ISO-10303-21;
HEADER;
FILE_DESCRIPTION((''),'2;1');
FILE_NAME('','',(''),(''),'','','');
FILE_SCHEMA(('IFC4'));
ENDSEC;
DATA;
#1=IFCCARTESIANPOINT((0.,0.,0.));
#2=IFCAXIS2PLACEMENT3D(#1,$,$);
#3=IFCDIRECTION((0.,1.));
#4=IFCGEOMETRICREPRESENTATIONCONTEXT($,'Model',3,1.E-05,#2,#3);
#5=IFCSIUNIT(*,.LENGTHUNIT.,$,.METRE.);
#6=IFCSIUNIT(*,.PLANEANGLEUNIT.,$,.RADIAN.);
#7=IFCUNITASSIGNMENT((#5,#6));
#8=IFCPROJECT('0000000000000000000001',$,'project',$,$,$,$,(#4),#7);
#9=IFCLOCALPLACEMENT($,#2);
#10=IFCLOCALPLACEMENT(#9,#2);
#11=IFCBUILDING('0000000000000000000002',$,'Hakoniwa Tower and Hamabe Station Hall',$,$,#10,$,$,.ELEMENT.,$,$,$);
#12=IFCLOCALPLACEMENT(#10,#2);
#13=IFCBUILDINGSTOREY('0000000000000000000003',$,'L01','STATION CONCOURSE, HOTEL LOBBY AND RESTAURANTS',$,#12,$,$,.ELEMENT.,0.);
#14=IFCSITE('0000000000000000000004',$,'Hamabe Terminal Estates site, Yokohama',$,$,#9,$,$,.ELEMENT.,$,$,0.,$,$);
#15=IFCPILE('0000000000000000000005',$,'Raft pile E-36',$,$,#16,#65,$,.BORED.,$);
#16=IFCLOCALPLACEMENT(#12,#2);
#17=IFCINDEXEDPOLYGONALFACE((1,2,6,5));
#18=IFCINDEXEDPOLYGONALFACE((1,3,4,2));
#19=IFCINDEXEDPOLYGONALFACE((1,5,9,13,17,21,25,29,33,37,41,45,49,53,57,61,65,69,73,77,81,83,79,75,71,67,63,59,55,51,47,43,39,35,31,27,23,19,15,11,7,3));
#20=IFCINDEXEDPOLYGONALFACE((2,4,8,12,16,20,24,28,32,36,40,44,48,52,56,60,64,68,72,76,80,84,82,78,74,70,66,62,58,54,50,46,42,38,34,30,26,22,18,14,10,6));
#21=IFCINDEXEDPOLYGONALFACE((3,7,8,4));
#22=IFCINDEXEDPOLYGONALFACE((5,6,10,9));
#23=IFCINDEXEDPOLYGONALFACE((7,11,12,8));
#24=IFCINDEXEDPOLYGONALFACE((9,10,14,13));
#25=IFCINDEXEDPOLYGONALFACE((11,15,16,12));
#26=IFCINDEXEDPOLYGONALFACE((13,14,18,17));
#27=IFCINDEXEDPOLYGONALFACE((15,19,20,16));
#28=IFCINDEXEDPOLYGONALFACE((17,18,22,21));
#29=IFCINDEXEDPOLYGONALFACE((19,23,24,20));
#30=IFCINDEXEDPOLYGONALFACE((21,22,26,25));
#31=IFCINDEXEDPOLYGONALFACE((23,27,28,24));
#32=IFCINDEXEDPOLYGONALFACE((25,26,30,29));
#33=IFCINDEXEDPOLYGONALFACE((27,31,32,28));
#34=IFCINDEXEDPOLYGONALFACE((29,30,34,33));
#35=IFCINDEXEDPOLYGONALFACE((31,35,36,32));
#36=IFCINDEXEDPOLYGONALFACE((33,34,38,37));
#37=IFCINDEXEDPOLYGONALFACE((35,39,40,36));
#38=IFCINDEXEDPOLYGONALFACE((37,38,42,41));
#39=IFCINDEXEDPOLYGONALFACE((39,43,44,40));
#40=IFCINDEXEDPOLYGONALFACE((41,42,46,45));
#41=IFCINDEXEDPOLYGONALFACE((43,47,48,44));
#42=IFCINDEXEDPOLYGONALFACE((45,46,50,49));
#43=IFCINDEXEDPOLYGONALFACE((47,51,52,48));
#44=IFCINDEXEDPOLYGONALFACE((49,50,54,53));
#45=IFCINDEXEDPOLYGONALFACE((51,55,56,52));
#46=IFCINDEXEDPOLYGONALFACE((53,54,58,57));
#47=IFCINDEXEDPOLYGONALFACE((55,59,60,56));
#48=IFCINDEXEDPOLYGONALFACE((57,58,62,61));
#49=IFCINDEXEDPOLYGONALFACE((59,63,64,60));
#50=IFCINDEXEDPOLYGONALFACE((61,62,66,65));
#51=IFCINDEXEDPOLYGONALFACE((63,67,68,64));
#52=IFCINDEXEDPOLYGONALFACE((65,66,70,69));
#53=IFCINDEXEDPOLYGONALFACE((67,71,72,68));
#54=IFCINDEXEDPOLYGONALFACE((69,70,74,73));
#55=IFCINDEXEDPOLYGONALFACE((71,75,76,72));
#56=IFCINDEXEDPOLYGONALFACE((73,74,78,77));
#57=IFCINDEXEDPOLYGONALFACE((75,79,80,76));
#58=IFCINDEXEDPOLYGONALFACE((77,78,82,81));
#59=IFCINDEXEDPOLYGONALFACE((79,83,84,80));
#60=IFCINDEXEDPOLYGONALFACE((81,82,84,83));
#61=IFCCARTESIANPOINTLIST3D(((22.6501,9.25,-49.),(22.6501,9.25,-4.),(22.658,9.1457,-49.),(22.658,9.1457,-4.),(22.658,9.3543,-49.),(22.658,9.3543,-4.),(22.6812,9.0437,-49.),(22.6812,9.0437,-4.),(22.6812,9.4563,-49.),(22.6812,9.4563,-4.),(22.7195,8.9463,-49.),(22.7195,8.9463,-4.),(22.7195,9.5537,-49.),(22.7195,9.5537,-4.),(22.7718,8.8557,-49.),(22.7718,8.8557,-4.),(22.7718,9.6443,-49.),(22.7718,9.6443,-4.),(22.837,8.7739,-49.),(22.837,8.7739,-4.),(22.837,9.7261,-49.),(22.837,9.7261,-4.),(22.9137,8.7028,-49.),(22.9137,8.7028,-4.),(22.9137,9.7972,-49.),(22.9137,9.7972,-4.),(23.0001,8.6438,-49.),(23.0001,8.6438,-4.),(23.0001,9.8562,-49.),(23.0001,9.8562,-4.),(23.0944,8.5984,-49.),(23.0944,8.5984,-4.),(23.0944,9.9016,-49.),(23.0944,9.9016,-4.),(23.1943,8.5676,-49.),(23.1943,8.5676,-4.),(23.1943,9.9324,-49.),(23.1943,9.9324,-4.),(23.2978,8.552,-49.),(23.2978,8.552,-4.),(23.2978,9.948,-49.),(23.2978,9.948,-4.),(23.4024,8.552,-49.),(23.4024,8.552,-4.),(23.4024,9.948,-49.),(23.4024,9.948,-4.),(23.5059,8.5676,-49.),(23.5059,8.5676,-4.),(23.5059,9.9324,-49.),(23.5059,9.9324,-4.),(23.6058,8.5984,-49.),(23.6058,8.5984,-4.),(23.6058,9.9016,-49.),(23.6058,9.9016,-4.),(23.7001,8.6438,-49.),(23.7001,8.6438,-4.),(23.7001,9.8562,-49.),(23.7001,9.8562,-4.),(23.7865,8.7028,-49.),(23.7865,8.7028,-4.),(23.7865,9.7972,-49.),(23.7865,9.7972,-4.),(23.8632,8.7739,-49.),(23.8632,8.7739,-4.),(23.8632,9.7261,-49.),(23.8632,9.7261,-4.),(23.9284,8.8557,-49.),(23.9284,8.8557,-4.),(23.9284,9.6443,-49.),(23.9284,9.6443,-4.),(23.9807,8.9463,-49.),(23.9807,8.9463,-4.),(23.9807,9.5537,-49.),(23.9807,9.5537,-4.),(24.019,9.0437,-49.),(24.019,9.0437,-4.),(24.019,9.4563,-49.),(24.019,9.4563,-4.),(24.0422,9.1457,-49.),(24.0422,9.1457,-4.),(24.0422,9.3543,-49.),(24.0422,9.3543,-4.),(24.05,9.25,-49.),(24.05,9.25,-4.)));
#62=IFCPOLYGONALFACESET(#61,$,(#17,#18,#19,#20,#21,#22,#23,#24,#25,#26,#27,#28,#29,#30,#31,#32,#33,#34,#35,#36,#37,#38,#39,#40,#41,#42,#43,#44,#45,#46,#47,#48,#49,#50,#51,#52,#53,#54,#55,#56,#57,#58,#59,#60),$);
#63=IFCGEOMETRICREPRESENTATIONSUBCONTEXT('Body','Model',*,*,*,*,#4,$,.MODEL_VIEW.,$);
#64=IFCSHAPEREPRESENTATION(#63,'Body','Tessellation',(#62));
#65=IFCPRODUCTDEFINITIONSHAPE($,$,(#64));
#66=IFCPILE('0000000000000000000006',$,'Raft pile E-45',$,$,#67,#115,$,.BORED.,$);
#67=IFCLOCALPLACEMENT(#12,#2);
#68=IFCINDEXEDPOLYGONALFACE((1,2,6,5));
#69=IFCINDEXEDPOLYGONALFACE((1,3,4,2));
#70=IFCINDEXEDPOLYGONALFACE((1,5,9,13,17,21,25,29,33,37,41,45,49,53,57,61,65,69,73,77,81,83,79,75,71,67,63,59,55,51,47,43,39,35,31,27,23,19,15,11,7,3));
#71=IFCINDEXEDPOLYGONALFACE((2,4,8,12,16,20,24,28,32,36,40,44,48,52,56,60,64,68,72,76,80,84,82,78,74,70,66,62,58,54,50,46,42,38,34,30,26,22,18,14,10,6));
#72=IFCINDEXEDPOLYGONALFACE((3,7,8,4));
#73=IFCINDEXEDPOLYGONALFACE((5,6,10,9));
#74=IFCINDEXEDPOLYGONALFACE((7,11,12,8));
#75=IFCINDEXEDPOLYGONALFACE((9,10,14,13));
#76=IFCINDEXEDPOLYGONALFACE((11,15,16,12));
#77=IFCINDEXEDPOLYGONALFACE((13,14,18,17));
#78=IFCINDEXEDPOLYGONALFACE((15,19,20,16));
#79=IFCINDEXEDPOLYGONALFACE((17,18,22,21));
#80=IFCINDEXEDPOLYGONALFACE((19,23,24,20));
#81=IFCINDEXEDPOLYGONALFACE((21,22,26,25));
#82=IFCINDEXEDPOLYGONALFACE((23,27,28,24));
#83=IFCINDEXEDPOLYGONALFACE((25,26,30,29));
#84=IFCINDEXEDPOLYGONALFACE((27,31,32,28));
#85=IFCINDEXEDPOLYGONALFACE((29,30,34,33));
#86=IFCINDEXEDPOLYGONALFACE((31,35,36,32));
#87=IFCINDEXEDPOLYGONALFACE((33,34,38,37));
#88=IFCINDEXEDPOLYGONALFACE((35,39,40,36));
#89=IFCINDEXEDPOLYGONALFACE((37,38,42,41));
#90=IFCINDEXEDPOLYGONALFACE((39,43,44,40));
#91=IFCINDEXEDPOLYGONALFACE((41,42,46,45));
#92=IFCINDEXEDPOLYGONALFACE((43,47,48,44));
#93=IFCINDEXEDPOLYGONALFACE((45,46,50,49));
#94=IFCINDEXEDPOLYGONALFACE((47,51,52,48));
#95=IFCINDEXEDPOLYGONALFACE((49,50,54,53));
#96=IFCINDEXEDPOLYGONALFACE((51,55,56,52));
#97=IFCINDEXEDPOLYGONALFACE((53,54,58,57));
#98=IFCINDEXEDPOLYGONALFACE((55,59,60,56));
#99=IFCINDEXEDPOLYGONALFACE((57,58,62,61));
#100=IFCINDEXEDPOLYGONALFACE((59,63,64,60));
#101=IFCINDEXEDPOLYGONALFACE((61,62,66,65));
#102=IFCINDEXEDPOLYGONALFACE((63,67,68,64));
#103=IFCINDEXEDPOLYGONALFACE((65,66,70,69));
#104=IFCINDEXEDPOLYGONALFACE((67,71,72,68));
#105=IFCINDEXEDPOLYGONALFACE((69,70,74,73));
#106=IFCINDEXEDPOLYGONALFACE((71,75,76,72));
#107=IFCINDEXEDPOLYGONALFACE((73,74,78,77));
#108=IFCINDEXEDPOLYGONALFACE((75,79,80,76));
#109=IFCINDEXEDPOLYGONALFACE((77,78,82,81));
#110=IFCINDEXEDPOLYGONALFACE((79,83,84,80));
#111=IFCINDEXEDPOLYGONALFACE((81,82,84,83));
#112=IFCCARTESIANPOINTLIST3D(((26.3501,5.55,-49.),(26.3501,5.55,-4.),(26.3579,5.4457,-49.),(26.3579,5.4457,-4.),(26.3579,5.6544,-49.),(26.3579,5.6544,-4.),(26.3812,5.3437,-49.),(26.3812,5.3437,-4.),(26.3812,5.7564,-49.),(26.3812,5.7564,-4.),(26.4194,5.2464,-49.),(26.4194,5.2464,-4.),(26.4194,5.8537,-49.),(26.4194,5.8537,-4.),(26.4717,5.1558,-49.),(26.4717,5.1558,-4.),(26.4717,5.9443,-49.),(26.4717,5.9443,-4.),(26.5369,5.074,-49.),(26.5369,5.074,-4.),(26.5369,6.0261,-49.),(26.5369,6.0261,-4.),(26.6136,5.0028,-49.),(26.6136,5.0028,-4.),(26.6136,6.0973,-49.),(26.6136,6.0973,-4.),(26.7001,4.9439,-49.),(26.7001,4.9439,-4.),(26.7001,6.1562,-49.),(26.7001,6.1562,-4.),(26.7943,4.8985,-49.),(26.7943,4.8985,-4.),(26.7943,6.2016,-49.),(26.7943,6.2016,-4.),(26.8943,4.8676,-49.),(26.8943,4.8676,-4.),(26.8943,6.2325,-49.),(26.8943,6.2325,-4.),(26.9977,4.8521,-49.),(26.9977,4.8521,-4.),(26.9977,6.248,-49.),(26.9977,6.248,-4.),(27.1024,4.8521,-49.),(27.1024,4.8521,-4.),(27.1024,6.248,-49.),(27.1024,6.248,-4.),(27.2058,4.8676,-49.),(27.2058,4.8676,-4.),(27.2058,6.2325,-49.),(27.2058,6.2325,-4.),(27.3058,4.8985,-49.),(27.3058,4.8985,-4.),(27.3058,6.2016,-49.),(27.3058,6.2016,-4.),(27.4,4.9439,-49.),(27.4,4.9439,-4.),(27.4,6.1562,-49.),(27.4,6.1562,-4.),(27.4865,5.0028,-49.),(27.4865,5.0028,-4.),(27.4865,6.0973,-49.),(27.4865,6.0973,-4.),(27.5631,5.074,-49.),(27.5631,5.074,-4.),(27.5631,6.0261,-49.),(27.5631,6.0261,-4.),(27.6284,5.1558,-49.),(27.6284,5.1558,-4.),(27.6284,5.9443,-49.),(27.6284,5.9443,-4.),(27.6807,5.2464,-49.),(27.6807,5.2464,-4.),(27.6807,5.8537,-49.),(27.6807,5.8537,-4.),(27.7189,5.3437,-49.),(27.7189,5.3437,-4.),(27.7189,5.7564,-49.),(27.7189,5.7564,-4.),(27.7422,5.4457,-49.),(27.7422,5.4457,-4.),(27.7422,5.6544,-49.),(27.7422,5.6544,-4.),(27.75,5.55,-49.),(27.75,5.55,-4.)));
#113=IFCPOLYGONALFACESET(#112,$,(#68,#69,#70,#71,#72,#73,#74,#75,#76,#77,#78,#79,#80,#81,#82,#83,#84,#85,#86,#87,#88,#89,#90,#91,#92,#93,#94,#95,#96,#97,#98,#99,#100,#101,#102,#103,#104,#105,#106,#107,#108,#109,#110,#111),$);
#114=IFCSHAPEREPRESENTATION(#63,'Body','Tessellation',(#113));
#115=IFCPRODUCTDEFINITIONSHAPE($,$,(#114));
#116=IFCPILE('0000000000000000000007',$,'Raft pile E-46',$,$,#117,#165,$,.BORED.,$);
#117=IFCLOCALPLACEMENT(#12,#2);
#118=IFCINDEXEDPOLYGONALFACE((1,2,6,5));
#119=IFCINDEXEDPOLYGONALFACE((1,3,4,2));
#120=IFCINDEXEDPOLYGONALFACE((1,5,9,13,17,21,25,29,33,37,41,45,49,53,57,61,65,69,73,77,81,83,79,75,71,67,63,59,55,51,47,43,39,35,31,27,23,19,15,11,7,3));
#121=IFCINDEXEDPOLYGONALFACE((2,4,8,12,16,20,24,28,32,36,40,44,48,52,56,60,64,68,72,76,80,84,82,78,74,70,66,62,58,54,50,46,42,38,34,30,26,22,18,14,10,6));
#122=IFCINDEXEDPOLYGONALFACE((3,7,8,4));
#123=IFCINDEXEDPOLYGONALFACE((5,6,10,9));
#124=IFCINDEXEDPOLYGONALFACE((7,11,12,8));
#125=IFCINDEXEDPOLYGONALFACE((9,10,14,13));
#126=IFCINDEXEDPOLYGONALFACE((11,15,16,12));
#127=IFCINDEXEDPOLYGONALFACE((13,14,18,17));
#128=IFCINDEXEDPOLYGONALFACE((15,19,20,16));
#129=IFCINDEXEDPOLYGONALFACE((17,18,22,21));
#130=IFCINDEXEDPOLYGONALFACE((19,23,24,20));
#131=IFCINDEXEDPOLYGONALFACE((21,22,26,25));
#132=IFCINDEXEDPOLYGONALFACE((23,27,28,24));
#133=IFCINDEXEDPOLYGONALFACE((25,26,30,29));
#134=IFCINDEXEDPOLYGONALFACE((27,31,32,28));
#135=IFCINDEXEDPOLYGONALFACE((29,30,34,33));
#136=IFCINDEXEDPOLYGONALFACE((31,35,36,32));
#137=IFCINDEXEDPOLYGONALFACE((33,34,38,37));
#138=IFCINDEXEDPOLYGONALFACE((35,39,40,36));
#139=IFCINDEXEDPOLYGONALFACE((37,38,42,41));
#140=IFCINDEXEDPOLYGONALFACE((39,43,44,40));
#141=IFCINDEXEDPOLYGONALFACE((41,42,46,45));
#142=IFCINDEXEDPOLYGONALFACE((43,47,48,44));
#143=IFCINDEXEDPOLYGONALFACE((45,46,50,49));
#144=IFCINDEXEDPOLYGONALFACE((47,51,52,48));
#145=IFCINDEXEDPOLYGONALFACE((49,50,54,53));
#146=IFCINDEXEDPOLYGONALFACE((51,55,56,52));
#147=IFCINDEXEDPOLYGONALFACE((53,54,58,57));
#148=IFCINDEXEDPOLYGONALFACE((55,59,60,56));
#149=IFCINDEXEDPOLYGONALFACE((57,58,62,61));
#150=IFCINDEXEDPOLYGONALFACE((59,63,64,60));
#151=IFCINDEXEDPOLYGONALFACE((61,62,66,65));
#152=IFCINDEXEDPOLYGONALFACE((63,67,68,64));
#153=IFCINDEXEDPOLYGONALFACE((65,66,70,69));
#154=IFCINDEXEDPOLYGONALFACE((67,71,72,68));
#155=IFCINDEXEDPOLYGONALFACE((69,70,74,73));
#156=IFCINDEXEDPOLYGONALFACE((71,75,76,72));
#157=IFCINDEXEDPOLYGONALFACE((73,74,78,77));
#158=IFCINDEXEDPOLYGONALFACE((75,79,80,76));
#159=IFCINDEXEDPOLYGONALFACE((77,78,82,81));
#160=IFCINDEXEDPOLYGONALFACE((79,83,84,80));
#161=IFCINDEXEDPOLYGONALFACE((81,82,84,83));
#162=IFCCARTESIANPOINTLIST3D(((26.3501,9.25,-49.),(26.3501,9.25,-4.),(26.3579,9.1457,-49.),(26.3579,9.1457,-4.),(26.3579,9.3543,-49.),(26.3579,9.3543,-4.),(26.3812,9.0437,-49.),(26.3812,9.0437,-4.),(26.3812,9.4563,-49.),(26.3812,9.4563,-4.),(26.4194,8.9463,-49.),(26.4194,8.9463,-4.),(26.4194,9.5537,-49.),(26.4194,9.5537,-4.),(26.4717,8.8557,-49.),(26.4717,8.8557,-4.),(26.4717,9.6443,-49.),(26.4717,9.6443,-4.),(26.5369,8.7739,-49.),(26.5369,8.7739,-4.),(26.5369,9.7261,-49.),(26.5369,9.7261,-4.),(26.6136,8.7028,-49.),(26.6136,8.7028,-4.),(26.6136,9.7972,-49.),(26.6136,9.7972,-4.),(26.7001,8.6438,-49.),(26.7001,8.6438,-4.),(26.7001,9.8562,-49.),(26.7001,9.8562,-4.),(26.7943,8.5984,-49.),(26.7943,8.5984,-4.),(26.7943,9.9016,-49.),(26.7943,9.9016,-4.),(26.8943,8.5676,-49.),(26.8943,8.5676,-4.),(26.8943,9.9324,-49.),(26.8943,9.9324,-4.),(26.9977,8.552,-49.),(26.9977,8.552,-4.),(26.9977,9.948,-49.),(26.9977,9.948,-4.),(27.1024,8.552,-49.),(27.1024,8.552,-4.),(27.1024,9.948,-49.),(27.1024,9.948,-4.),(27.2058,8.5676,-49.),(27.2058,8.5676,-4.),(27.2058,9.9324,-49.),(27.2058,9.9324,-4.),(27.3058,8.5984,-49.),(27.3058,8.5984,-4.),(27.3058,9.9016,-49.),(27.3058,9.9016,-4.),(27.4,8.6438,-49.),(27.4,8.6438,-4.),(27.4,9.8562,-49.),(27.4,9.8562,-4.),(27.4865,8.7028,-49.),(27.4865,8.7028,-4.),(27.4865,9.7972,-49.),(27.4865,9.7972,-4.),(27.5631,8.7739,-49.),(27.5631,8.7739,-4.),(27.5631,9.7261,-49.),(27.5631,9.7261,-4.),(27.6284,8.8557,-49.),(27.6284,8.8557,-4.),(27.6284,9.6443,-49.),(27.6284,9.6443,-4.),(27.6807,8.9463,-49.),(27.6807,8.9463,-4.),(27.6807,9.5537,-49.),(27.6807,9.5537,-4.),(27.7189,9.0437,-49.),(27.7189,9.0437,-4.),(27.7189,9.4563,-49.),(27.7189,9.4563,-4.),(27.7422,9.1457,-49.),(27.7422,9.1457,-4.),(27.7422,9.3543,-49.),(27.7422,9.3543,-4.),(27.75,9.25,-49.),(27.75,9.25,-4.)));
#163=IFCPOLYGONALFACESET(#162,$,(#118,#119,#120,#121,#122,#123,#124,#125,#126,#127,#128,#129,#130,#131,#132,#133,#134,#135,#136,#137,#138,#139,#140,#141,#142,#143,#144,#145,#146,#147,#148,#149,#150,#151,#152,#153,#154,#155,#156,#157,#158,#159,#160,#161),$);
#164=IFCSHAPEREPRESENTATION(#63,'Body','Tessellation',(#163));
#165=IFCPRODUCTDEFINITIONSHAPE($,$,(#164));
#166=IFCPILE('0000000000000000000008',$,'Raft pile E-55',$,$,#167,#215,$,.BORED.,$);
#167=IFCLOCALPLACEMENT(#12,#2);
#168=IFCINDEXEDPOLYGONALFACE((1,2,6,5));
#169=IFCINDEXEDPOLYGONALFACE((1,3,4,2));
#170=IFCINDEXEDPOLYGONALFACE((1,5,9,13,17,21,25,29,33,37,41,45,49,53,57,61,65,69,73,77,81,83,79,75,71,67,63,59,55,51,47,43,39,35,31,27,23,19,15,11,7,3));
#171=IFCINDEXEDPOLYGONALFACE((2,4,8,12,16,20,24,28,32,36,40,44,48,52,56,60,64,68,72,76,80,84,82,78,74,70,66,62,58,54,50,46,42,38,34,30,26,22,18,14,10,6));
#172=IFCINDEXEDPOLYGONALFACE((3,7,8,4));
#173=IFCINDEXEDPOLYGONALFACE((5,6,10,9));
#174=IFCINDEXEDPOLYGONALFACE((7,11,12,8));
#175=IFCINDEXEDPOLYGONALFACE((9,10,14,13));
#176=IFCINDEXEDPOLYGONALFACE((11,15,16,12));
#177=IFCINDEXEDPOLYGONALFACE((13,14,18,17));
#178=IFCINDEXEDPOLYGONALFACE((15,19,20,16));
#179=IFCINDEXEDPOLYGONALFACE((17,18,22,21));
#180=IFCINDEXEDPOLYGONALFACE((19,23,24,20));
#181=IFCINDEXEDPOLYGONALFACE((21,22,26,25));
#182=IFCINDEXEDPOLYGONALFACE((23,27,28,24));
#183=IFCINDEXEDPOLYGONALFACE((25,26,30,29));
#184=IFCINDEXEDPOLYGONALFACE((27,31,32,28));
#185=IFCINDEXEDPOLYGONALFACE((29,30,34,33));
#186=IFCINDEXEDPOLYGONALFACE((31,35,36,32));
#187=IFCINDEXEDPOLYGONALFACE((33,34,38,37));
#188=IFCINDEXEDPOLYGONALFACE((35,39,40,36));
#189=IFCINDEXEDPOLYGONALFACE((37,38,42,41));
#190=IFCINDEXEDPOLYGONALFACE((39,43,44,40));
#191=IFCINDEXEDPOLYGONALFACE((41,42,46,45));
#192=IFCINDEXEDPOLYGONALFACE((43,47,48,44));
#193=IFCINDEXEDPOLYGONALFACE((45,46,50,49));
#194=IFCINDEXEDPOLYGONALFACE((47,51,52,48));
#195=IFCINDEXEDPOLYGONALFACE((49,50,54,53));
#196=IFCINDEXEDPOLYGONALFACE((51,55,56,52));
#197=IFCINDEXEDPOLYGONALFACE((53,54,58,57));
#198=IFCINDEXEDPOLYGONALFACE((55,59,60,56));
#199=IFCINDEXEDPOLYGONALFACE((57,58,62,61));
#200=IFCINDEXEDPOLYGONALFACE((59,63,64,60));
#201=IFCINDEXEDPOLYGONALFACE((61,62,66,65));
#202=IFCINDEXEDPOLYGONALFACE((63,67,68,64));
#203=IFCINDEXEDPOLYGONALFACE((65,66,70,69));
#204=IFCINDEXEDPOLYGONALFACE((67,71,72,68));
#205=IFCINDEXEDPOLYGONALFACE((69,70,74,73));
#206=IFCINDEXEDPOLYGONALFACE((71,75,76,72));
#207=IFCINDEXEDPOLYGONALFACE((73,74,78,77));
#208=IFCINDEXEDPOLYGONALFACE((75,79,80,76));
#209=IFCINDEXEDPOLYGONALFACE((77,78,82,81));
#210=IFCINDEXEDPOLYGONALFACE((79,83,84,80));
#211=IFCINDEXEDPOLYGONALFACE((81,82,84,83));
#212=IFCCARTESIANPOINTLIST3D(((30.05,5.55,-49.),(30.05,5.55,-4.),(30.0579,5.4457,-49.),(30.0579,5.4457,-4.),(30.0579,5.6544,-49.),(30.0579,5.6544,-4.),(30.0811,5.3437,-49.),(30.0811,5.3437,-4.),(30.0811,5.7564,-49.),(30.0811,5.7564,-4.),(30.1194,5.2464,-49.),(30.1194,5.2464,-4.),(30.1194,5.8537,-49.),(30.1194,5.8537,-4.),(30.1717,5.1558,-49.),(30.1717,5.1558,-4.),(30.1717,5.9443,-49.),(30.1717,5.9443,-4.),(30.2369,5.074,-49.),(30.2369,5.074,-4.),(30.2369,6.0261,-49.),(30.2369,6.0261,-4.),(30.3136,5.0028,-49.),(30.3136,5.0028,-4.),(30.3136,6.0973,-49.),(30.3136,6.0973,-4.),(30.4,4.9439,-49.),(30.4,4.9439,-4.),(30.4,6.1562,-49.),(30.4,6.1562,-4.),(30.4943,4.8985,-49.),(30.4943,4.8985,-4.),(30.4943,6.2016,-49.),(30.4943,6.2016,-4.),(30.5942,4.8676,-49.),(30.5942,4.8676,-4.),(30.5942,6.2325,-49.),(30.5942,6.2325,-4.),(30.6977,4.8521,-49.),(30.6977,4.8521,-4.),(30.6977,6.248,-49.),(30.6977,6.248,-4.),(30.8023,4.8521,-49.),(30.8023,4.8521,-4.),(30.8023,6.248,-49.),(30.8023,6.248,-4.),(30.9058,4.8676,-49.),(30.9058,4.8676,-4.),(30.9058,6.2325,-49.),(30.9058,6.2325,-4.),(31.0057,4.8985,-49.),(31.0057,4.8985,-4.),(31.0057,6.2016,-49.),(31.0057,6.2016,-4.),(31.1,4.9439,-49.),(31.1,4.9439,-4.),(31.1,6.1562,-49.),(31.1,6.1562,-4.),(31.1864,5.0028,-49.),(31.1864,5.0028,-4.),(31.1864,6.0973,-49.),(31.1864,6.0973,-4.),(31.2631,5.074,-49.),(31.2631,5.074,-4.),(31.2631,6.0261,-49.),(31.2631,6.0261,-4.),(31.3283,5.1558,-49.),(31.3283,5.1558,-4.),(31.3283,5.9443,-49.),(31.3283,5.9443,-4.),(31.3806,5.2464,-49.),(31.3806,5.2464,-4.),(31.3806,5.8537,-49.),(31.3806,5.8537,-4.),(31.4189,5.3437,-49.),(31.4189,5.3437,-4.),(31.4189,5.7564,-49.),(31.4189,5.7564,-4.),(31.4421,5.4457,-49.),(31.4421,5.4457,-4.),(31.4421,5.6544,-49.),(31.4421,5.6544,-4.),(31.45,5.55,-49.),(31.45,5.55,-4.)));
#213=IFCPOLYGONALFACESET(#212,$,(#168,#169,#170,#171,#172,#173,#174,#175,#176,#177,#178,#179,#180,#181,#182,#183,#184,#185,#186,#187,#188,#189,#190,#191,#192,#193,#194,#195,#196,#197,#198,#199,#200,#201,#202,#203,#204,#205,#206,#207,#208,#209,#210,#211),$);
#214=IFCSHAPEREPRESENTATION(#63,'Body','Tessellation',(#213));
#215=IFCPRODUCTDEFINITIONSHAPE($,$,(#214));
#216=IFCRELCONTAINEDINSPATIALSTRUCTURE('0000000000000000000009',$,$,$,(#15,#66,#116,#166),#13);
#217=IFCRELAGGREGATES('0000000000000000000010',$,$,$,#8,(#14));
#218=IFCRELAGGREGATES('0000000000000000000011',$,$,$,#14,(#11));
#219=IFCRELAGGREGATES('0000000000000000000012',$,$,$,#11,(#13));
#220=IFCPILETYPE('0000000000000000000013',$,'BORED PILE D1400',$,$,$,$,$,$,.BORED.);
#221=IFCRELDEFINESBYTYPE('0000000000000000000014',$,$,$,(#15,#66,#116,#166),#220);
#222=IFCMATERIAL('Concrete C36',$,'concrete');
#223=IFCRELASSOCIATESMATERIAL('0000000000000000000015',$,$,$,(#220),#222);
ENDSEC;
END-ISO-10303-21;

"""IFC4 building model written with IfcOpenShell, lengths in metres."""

from ifc_helpers import new_model, si_unit, direction, frame, origin, origin_2d, place, context, subcontext, project, spatial, circle, extrude, material, material_profile, profile_set, type_object, element, save


model = new_model("IFC4")

# Units and contexts
model_context = context("Model", 3, precision=1e-05, world=origin(), true_north=direction((0.0, 1.0)))
body_context = subcontext(model_context, "Body", "Model", "MODEL_VIEW")
ifc_project = project(units=[si_unit("LENGTHUNIT", "METRE"), si_unit("PLANEANGLEUNIT", "RADIAN")], contexts=[model_context])

# Site, building, storey
site_placement = place(None, origin())
site = spatial("IfcSite", under=ifc_project, at=site_placement, Name="Hamabe Terminal Estates site, Yokohama", CompositionType="ELEMENT", RefElevation=0.0)
building_placement = place(site_placement, origin())
building = spatial("IfcBuilding", under=site, at=building_placement, Name="Hakoniwa Tower and Hamabe Station Hall", CompositionType="ELEMENT")
storey_placement = place(building_placement, origin())
storey = spatial("IfcBuildingStorey", under=building, at=storey_placement, Name="L01", Description="STATION CONCOURSE, HOTEL LOBBY AND RESTAURANTS", CompositionType="ELEMENT", Elevation=0.0)

# Piles
ifc_material_1 = material(Name="Concrete C36", Category="concrete")
ifc_material_profile_1 = material_profile(ifc_material_1, circle(Radius=0.7, at=origin_2d()), Name="BORED PILE D1400")
ifc_profile_set_1 = profile_set([ifc_material_profile_1], Name="Concrete C36")
pile_type = type_object("IfcPileType", Name="BORED PILE D1400", PredefinedType="BORED", material=ifc_profile_set_1)
for number, where, z_axis, x_axis, name in (
    (1, (23.3501, 9.25, -4.0), (0.0, 0.0, -1.0), (1.0, 0.0, 0.0), "Raft pile E-36"),
    (2, (27.05, 5.55, -4.0), (0.0, 0.0, -1.0), (1.0, 0.0, 0.0), "Raft pile E-45"),
    (3, (27.05, 9.25, -4.0), (0.0, 0.0, -1.0), (1.0, 0.0, 0.0), "Raft pile E-46"),
    (4, (30.75, 5.55, -4.0), (0.0, 0.0, -1.0), (1.0, 0.0, 0.0), "Raft pile E-55"),
):
    element("IfcPile", number, at=place(storey_placement, frame(where, z_axis=z_axis, x_axis=x_axis)), inside=storey, type_object=pile_type, Name=name, PredefinedType="BORED", context=body_context, shape_type="SweptSolid", body=[
        extrude(circle(Radius=0.7, at=origin_2d()), origin(), (0.0, 0.0, 1.0), 45.0),
    ])

save(model, "model.ifc")
